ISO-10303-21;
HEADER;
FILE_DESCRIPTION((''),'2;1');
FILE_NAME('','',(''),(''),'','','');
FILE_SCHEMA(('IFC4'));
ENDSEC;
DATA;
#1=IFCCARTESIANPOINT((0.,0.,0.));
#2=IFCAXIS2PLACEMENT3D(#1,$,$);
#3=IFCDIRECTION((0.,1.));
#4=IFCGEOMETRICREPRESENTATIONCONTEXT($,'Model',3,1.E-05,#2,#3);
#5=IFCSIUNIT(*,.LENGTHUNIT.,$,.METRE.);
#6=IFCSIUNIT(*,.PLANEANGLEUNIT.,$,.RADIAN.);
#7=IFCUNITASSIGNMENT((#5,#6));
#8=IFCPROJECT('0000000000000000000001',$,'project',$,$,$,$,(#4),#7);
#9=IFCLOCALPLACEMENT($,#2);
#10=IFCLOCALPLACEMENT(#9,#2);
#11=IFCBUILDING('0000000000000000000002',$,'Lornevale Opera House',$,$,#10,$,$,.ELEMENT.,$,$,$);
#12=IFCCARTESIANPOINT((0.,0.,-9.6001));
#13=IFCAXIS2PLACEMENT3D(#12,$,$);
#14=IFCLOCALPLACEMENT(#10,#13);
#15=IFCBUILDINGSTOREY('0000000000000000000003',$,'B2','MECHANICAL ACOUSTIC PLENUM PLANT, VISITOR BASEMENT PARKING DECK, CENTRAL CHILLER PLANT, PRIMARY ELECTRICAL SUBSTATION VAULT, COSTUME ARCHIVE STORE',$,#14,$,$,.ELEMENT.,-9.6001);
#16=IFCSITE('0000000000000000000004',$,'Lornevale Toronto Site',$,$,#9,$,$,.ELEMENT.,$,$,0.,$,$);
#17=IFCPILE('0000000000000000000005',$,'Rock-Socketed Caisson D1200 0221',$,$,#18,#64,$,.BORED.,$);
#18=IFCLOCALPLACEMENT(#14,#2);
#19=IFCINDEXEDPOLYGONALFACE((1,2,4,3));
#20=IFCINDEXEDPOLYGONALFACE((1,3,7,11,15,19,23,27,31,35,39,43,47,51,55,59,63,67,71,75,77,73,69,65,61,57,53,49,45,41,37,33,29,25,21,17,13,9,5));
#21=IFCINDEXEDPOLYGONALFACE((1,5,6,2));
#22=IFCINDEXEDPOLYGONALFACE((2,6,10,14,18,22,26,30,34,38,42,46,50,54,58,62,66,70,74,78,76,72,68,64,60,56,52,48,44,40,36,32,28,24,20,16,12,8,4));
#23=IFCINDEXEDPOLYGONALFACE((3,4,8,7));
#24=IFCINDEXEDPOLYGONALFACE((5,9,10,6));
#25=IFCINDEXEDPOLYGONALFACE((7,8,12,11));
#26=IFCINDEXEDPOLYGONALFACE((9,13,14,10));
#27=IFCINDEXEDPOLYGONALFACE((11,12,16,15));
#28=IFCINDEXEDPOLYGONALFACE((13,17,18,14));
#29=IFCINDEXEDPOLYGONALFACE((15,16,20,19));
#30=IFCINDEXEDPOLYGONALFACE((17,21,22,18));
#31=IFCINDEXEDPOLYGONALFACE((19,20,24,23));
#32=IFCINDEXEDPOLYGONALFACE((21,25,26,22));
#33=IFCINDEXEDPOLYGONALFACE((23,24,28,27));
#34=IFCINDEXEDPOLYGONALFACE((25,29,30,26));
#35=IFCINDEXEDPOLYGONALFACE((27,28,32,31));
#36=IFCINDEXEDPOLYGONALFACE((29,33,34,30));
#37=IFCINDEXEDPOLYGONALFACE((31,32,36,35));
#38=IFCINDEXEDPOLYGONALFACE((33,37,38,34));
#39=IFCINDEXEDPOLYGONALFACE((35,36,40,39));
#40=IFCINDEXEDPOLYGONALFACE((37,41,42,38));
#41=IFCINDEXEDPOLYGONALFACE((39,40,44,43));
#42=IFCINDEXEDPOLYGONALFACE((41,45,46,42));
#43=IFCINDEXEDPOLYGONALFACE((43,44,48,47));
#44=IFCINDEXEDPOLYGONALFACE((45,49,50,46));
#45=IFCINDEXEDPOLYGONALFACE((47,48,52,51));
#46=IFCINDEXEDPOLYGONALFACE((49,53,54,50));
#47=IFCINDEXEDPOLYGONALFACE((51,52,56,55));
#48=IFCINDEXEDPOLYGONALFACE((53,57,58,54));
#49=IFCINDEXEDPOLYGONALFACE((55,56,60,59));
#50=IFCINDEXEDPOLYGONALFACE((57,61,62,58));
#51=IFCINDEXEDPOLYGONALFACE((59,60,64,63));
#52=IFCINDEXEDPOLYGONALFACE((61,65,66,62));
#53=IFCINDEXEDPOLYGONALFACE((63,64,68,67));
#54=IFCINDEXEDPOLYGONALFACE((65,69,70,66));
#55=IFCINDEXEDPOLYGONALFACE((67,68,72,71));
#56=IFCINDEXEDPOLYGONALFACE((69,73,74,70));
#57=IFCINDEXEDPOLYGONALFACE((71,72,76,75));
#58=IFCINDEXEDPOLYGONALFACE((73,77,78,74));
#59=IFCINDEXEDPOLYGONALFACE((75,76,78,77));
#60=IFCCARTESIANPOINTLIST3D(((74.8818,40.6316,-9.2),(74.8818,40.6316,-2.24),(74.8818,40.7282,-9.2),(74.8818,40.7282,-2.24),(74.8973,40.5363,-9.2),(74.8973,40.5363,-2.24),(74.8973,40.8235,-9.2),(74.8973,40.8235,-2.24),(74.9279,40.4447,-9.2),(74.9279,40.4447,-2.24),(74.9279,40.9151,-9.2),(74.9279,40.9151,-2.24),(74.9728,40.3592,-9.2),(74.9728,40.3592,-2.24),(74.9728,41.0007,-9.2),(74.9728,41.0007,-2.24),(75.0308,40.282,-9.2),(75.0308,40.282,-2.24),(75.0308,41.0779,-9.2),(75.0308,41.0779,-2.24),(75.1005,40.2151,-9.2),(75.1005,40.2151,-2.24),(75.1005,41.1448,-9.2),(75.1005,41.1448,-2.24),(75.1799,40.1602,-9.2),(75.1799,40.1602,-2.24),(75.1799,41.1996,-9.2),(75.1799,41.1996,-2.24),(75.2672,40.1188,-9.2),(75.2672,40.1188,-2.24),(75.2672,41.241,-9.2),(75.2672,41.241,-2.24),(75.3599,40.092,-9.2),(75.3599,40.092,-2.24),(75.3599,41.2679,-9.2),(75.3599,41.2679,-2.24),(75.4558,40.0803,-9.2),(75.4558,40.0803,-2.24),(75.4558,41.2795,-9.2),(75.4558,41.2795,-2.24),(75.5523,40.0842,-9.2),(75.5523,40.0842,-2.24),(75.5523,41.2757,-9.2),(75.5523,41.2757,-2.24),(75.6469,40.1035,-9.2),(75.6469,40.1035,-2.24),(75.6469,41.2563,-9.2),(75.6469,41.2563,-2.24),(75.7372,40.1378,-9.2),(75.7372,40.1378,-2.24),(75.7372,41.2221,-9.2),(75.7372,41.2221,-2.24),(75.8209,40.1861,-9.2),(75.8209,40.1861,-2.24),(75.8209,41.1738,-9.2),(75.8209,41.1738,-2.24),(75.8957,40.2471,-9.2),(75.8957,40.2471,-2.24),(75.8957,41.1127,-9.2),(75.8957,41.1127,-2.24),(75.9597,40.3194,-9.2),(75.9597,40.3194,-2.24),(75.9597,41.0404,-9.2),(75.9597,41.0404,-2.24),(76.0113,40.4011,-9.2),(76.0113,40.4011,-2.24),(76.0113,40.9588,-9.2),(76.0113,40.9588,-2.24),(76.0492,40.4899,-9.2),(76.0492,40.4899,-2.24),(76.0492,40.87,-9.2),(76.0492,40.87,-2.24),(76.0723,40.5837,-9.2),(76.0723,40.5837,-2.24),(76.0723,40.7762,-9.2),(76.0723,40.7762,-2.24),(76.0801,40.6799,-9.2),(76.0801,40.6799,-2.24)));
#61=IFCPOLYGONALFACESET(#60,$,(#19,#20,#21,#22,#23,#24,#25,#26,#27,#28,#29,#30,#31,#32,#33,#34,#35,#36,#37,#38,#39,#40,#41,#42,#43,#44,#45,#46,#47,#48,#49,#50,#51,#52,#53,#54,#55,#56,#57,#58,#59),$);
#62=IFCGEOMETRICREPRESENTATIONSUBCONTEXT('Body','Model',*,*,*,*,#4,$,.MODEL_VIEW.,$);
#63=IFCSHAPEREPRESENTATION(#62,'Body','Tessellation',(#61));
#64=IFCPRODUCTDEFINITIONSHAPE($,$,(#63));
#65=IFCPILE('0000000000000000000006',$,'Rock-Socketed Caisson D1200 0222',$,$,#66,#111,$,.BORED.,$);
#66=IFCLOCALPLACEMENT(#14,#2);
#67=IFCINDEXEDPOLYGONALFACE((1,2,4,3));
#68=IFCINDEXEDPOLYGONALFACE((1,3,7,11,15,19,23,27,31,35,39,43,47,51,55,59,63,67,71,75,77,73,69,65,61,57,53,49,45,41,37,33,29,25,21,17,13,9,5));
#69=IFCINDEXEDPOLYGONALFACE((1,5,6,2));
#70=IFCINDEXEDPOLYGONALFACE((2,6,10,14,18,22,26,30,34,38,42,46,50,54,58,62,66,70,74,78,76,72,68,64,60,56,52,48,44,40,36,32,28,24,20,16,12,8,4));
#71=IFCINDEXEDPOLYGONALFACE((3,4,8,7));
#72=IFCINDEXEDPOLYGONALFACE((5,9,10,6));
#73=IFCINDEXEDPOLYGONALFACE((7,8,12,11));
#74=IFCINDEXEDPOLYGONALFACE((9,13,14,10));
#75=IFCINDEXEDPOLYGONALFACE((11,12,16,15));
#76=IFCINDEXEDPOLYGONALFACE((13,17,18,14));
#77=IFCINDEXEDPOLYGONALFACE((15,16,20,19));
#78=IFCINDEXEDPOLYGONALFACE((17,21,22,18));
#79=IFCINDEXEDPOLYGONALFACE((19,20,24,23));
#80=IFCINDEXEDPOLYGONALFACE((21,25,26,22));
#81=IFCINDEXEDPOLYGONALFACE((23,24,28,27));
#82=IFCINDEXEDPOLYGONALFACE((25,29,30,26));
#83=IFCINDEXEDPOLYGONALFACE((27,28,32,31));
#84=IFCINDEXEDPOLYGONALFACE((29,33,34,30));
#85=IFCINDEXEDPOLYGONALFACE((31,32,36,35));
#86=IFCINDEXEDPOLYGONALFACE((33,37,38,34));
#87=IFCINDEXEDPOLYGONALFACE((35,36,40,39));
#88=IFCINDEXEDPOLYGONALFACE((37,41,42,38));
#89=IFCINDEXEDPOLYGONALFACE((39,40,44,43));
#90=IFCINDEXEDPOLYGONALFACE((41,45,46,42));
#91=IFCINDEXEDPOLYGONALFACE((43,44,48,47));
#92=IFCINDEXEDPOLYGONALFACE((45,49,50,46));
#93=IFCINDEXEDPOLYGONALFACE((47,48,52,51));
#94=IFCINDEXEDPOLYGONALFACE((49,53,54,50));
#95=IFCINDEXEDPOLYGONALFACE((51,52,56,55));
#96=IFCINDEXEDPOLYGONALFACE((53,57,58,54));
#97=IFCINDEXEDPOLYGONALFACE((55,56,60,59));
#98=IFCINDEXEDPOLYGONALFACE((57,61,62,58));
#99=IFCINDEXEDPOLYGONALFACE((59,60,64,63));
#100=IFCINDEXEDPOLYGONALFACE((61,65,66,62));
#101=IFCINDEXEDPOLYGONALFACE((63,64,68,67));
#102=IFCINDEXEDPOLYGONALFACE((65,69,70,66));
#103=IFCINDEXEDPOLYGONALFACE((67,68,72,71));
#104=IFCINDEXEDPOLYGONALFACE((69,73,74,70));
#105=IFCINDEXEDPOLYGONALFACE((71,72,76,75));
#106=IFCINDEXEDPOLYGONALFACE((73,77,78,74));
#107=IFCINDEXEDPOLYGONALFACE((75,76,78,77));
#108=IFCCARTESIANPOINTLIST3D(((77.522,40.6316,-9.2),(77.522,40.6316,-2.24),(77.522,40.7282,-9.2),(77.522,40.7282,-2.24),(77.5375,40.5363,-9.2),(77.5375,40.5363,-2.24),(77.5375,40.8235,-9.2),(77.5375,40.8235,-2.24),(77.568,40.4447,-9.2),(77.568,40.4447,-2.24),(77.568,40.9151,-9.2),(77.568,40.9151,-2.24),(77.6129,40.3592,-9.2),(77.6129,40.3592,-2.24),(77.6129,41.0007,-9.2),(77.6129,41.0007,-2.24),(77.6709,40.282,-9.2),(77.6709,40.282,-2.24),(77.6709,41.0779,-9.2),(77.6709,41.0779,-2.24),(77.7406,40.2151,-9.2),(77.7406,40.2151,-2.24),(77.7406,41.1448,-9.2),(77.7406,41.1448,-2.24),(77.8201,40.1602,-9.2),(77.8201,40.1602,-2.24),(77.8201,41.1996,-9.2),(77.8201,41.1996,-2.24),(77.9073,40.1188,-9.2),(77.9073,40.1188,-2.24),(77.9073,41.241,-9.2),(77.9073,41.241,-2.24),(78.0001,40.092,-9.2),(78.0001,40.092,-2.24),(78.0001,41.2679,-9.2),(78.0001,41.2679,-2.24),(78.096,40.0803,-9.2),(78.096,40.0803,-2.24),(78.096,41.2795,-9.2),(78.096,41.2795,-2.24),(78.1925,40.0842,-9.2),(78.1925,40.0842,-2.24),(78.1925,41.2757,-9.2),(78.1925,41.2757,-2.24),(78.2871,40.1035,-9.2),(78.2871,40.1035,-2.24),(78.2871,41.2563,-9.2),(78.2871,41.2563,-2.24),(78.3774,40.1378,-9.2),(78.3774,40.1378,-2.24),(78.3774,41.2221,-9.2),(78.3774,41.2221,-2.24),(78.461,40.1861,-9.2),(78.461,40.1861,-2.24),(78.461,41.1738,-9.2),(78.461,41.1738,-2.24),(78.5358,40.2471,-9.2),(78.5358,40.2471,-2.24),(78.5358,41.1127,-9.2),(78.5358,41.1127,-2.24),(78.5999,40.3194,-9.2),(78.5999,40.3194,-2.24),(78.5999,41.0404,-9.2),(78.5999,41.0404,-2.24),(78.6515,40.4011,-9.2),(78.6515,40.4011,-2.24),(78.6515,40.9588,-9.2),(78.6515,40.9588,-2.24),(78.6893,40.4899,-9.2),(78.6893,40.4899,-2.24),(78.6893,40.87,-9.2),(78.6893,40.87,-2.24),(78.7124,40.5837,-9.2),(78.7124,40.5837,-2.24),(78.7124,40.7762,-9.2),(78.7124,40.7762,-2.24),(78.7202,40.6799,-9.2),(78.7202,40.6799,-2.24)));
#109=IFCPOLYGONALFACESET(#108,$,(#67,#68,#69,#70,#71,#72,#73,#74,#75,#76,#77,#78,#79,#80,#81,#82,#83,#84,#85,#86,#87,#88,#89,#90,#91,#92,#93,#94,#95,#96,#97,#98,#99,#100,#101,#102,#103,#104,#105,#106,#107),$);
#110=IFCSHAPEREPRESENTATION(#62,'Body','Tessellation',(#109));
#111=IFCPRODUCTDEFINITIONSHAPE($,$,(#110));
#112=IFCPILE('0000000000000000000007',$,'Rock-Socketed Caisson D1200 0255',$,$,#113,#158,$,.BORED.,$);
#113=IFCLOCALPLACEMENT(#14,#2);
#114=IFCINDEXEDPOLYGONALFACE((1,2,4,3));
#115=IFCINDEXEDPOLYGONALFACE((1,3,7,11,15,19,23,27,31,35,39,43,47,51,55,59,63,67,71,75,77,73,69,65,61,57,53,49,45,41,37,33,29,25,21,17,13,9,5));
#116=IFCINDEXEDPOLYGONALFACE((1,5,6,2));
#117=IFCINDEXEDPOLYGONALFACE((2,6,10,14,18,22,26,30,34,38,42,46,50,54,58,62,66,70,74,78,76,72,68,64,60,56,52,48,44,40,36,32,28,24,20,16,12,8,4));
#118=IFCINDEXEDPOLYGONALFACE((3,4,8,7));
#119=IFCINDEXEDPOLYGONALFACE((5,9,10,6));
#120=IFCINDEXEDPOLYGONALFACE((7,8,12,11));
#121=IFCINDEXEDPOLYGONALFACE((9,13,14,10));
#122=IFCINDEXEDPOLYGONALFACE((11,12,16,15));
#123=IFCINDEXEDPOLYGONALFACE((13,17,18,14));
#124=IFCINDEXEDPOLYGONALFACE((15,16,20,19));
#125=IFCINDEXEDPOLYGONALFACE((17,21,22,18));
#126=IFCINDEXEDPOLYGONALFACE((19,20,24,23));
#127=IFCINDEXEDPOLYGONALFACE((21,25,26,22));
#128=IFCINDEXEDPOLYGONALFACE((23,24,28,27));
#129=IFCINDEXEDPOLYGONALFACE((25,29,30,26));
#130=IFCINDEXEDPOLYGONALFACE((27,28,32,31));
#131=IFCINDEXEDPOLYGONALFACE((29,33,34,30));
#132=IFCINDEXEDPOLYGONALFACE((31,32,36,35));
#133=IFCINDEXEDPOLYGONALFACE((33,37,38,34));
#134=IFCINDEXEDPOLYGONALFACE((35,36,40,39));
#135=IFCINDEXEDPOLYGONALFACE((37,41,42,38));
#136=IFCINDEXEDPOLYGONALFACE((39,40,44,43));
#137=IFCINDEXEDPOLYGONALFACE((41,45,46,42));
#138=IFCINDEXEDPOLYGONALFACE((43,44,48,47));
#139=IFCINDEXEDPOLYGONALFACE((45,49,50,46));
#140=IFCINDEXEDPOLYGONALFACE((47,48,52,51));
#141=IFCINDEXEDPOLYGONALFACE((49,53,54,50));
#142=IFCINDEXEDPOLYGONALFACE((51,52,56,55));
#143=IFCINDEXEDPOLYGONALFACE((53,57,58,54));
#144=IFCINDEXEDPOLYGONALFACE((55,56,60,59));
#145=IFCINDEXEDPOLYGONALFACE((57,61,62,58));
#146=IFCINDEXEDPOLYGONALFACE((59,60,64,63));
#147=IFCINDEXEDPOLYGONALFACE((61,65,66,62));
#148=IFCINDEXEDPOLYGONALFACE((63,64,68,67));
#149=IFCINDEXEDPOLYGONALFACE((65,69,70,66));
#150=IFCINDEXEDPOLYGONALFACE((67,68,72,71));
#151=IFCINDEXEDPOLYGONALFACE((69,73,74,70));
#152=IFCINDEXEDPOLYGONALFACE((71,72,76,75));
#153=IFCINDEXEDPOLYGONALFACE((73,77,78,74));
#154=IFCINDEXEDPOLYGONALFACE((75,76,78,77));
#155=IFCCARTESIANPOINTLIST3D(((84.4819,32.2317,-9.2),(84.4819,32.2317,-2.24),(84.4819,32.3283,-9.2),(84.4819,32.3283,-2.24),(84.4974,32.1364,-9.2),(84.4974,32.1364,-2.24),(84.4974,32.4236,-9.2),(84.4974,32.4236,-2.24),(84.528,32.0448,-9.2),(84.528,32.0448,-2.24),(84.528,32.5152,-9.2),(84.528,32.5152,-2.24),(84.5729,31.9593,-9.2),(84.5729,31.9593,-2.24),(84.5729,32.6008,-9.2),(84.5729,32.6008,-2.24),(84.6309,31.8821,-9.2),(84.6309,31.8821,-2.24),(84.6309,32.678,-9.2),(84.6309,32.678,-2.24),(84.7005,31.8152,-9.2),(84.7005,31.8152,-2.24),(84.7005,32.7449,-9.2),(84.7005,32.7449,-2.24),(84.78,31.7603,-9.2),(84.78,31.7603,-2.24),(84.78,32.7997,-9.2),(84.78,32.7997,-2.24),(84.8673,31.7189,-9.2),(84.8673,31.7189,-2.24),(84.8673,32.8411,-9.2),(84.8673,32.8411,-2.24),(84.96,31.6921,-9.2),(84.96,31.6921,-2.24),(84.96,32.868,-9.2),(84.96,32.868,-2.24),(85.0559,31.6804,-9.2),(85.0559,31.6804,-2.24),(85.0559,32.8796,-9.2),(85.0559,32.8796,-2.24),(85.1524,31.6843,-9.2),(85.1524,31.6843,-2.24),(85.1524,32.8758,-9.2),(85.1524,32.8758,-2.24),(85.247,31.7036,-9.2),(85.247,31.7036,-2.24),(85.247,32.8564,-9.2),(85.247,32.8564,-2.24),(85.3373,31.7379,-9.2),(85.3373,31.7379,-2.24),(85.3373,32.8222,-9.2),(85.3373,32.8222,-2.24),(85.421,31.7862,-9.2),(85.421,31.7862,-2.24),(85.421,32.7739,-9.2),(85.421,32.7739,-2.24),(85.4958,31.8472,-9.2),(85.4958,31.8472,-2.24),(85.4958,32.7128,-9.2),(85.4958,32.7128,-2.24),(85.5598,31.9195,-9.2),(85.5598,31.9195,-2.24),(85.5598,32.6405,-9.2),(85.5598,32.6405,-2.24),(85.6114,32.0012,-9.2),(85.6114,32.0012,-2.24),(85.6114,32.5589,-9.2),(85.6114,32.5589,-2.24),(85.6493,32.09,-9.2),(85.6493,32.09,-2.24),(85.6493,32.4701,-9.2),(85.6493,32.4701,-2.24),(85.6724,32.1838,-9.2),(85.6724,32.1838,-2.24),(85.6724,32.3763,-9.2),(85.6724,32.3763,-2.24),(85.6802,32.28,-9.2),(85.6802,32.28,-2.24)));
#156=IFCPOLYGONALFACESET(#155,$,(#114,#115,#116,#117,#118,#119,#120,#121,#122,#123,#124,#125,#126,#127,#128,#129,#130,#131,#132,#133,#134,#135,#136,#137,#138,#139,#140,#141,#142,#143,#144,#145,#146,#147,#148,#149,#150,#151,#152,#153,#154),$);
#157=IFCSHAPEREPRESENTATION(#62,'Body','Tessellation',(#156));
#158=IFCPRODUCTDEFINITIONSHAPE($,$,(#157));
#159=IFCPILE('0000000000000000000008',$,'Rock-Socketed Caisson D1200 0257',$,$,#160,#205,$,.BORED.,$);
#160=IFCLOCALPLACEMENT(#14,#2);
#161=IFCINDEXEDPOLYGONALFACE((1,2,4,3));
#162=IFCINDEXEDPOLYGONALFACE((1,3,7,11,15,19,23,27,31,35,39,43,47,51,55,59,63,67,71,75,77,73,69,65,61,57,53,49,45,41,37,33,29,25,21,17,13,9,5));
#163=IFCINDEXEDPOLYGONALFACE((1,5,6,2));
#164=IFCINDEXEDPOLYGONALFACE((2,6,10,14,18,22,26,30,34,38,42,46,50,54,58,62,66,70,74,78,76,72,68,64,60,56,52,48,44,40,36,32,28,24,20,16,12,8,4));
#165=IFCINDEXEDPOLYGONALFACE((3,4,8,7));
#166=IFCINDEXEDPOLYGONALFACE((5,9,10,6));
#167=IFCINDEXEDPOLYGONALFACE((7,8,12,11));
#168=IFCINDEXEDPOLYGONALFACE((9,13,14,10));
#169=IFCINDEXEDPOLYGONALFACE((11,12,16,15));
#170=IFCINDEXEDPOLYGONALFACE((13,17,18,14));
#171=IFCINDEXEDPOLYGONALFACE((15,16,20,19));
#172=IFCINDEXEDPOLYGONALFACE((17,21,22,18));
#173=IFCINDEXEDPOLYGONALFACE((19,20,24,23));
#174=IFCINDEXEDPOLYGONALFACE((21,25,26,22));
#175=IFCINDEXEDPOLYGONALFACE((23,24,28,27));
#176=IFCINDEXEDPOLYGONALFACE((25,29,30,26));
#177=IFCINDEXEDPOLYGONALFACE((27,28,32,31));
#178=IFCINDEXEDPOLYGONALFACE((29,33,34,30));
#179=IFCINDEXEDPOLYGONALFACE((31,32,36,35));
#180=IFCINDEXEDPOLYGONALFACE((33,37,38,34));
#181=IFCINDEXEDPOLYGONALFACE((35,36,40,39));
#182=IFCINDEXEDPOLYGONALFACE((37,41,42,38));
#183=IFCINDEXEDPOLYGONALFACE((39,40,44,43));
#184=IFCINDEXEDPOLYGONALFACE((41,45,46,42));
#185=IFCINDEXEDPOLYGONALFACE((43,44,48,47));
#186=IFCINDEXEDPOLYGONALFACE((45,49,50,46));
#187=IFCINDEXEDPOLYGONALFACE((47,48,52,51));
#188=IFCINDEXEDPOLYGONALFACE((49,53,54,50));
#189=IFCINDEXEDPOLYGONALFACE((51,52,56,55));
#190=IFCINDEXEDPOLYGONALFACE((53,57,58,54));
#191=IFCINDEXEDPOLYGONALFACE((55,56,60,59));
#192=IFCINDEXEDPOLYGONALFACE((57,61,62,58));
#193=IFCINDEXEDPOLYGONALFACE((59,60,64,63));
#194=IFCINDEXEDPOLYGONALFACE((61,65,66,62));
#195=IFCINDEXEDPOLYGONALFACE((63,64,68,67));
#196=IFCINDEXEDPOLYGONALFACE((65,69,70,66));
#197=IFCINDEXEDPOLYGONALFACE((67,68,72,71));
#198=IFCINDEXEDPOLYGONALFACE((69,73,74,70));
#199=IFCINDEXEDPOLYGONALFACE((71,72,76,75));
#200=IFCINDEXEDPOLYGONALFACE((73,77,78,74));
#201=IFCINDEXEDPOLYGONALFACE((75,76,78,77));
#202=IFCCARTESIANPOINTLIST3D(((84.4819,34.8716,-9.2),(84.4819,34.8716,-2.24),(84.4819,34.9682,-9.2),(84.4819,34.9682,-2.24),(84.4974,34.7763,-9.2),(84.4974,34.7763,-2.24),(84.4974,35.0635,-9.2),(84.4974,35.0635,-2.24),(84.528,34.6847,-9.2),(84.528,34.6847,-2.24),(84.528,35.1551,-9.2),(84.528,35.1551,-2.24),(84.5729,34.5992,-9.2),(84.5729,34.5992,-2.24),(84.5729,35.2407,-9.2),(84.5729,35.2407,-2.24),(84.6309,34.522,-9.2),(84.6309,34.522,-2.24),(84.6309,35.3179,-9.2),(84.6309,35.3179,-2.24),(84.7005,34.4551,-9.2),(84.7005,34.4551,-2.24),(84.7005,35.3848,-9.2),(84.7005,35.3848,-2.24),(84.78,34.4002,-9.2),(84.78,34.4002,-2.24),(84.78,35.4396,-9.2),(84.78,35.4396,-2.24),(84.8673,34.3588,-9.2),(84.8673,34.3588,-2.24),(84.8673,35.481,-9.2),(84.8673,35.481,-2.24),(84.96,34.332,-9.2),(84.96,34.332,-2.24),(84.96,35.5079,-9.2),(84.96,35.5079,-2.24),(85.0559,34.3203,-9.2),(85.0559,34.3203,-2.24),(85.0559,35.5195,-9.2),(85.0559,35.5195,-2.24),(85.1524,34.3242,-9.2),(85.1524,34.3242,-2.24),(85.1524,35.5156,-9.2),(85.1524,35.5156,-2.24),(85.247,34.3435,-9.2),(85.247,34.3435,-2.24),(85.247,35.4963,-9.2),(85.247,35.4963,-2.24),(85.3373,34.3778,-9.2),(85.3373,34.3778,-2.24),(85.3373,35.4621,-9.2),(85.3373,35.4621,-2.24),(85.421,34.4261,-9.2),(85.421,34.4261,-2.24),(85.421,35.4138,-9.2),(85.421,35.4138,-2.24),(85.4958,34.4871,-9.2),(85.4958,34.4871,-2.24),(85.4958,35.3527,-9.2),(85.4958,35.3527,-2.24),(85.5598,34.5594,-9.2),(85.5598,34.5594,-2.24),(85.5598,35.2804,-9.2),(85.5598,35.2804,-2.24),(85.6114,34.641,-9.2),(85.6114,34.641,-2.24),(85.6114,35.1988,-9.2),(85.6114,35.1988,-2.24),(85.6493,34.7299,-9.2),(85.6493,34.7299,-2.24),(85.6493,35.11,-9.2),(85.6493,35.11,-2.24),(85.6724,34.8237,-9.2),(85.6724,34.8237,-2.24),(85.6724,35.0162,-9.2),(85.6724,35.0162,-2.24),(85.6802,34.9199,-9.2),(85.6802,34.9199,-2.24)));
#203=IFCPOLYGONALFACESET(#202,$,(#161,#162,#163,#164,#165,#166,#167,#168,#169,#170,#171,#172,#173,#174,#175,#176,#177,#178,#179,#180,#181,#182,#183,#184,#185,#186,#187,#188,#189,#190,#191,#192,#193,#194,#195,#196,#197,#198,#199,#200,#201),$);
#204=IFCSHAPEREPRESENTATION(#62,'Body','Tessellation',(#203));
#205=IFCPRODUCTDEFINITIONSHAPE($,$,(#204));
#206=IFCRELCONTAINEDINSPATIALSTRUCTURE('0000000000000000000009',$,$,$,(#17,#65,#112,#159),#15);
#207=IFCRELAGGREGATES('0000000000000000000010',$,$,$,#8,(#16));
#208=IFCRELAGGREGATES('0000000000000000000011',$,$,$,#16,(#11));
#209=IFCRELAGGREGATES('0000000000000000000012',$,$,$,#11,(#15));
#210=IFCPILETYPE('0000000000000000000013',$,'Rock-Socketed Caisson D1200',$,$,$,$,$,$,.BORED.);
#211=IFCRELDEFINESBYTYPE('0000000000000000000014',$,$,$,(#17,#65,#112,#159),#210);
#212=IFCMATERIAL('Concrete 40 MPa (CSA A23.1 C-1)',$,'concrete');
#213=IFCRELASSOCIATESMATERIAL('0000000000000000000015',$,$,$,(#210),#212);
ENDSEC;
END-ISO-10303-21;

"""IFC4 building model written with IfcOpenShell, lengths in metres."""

from ifc_helpers import new_model, si_unit, direction, frame, origin, origin_2d, place, context, subcontext, project, spatial, circle, extrude, material, material_profile, profile_set, type_object, element, save


model = new_model("IFC4")

# Units and contexts
model_context = context("Model", 3, precision=1e-05, world=origin(), true_north=direction((0.0, 1.0)))
body_context = subcontext(model_context, "Body", "Model", "MODEL_VIEW")
ifc_project = project(units=[si_unit("LENGTHUNIT", "METRE"), si_unit("PLANEANGLEUNIT", "RADIAN")], contexts=[model_context])

# Site, building, storey
site_placement = place(None, origin())
site = spatial("IfcSite", under=ifc_project, at=site_placement, Name="Lornevale Toronto Site", CompositionType="ELEMENT", RefElevation=0.0)
building_placement = place(site_placement, origin())
building = spatial("IfcBuilding", under=site, at=building_placement, Name="Lornevale Opera House", CompositionType="ELEMENT")
storey_placement = place(building_placement, frame((0.0, 0.0, -9.6001)))
storey = spatial("IfcBuildingStorey", under=building, at=storey_placement, Name="B2", Description="MECHANICAL ACOUSTIC PLENUM PLANT, VISITOR BASEMENT PARKING DECK, CENTRAL CHILLER PLANT, PRIMARY ELECTRICAL SUBSTATION VAULT, COSTUME ARCHIVE STORE", CompositionType="ELEMENT", Elevation=-9.6001)

# Piles
ifc_material_1 = material(Name="Concrete 40 MPa (CSA A23.1 C-1)", Category="concrete")
ifc_material_profile_1 = material_profile(ifc_material_1, circle(Radius=0.6001, at=origin_2d()), Name="CAIS1200")
ifc_profile_set_1 = profile_set([ifc_material_profile_1], Name="Concrete 40 MPa (CSA A23.1 C-1)")
pile_type_1 = type_object("IfcPileType", Name="Rock-Socketed Caisson D1200", PredefinedType="BORED", material=ifc_profile_set_1)
for number, where, z_axis, x_axis, name in (
    (1, (75.48, 40.6799, -2.24), (0.0, 0.0, -1.0), (1.0, 0.0, 0.0), "Rock-Socketed Caisson D1200 0221"),
    (2, (78.1201, 40.6799, -2.24), (0.0, 0.0, -1.0), (1.0, 0.0, 0.0), "Rock-Socketed Caisson D1200 0222"),
    (3, (85.0801, 32.28, -2.24), (0.0, 0.0, -1.0), (1.0, 0.0, 0.0), "Rock-Socketed Caisson D1200 0255"),
    (4, (85.0801, 34.9199, -2.24), (0.0, 0.0, -1.0), (1.0, 0.0, 0.0), "Rock-Socketed Caisson D1200 0257"),
):
    element("IfcPile", number, at=place(storey_placement, frame(where, z_axis=z_axis, x_axis=x_axis)), inside=storey, type_object=pile_type_1, Name=name, PredefinedType="BORED", context=body_context, shape_type="SweptSolid", body=[
        extrude(circle(Radius=0.6001, at=origin_2d()), origin(), (0.0, 0.0, 1.0), 6.96),
    ])

save(model, "model.ifc")
